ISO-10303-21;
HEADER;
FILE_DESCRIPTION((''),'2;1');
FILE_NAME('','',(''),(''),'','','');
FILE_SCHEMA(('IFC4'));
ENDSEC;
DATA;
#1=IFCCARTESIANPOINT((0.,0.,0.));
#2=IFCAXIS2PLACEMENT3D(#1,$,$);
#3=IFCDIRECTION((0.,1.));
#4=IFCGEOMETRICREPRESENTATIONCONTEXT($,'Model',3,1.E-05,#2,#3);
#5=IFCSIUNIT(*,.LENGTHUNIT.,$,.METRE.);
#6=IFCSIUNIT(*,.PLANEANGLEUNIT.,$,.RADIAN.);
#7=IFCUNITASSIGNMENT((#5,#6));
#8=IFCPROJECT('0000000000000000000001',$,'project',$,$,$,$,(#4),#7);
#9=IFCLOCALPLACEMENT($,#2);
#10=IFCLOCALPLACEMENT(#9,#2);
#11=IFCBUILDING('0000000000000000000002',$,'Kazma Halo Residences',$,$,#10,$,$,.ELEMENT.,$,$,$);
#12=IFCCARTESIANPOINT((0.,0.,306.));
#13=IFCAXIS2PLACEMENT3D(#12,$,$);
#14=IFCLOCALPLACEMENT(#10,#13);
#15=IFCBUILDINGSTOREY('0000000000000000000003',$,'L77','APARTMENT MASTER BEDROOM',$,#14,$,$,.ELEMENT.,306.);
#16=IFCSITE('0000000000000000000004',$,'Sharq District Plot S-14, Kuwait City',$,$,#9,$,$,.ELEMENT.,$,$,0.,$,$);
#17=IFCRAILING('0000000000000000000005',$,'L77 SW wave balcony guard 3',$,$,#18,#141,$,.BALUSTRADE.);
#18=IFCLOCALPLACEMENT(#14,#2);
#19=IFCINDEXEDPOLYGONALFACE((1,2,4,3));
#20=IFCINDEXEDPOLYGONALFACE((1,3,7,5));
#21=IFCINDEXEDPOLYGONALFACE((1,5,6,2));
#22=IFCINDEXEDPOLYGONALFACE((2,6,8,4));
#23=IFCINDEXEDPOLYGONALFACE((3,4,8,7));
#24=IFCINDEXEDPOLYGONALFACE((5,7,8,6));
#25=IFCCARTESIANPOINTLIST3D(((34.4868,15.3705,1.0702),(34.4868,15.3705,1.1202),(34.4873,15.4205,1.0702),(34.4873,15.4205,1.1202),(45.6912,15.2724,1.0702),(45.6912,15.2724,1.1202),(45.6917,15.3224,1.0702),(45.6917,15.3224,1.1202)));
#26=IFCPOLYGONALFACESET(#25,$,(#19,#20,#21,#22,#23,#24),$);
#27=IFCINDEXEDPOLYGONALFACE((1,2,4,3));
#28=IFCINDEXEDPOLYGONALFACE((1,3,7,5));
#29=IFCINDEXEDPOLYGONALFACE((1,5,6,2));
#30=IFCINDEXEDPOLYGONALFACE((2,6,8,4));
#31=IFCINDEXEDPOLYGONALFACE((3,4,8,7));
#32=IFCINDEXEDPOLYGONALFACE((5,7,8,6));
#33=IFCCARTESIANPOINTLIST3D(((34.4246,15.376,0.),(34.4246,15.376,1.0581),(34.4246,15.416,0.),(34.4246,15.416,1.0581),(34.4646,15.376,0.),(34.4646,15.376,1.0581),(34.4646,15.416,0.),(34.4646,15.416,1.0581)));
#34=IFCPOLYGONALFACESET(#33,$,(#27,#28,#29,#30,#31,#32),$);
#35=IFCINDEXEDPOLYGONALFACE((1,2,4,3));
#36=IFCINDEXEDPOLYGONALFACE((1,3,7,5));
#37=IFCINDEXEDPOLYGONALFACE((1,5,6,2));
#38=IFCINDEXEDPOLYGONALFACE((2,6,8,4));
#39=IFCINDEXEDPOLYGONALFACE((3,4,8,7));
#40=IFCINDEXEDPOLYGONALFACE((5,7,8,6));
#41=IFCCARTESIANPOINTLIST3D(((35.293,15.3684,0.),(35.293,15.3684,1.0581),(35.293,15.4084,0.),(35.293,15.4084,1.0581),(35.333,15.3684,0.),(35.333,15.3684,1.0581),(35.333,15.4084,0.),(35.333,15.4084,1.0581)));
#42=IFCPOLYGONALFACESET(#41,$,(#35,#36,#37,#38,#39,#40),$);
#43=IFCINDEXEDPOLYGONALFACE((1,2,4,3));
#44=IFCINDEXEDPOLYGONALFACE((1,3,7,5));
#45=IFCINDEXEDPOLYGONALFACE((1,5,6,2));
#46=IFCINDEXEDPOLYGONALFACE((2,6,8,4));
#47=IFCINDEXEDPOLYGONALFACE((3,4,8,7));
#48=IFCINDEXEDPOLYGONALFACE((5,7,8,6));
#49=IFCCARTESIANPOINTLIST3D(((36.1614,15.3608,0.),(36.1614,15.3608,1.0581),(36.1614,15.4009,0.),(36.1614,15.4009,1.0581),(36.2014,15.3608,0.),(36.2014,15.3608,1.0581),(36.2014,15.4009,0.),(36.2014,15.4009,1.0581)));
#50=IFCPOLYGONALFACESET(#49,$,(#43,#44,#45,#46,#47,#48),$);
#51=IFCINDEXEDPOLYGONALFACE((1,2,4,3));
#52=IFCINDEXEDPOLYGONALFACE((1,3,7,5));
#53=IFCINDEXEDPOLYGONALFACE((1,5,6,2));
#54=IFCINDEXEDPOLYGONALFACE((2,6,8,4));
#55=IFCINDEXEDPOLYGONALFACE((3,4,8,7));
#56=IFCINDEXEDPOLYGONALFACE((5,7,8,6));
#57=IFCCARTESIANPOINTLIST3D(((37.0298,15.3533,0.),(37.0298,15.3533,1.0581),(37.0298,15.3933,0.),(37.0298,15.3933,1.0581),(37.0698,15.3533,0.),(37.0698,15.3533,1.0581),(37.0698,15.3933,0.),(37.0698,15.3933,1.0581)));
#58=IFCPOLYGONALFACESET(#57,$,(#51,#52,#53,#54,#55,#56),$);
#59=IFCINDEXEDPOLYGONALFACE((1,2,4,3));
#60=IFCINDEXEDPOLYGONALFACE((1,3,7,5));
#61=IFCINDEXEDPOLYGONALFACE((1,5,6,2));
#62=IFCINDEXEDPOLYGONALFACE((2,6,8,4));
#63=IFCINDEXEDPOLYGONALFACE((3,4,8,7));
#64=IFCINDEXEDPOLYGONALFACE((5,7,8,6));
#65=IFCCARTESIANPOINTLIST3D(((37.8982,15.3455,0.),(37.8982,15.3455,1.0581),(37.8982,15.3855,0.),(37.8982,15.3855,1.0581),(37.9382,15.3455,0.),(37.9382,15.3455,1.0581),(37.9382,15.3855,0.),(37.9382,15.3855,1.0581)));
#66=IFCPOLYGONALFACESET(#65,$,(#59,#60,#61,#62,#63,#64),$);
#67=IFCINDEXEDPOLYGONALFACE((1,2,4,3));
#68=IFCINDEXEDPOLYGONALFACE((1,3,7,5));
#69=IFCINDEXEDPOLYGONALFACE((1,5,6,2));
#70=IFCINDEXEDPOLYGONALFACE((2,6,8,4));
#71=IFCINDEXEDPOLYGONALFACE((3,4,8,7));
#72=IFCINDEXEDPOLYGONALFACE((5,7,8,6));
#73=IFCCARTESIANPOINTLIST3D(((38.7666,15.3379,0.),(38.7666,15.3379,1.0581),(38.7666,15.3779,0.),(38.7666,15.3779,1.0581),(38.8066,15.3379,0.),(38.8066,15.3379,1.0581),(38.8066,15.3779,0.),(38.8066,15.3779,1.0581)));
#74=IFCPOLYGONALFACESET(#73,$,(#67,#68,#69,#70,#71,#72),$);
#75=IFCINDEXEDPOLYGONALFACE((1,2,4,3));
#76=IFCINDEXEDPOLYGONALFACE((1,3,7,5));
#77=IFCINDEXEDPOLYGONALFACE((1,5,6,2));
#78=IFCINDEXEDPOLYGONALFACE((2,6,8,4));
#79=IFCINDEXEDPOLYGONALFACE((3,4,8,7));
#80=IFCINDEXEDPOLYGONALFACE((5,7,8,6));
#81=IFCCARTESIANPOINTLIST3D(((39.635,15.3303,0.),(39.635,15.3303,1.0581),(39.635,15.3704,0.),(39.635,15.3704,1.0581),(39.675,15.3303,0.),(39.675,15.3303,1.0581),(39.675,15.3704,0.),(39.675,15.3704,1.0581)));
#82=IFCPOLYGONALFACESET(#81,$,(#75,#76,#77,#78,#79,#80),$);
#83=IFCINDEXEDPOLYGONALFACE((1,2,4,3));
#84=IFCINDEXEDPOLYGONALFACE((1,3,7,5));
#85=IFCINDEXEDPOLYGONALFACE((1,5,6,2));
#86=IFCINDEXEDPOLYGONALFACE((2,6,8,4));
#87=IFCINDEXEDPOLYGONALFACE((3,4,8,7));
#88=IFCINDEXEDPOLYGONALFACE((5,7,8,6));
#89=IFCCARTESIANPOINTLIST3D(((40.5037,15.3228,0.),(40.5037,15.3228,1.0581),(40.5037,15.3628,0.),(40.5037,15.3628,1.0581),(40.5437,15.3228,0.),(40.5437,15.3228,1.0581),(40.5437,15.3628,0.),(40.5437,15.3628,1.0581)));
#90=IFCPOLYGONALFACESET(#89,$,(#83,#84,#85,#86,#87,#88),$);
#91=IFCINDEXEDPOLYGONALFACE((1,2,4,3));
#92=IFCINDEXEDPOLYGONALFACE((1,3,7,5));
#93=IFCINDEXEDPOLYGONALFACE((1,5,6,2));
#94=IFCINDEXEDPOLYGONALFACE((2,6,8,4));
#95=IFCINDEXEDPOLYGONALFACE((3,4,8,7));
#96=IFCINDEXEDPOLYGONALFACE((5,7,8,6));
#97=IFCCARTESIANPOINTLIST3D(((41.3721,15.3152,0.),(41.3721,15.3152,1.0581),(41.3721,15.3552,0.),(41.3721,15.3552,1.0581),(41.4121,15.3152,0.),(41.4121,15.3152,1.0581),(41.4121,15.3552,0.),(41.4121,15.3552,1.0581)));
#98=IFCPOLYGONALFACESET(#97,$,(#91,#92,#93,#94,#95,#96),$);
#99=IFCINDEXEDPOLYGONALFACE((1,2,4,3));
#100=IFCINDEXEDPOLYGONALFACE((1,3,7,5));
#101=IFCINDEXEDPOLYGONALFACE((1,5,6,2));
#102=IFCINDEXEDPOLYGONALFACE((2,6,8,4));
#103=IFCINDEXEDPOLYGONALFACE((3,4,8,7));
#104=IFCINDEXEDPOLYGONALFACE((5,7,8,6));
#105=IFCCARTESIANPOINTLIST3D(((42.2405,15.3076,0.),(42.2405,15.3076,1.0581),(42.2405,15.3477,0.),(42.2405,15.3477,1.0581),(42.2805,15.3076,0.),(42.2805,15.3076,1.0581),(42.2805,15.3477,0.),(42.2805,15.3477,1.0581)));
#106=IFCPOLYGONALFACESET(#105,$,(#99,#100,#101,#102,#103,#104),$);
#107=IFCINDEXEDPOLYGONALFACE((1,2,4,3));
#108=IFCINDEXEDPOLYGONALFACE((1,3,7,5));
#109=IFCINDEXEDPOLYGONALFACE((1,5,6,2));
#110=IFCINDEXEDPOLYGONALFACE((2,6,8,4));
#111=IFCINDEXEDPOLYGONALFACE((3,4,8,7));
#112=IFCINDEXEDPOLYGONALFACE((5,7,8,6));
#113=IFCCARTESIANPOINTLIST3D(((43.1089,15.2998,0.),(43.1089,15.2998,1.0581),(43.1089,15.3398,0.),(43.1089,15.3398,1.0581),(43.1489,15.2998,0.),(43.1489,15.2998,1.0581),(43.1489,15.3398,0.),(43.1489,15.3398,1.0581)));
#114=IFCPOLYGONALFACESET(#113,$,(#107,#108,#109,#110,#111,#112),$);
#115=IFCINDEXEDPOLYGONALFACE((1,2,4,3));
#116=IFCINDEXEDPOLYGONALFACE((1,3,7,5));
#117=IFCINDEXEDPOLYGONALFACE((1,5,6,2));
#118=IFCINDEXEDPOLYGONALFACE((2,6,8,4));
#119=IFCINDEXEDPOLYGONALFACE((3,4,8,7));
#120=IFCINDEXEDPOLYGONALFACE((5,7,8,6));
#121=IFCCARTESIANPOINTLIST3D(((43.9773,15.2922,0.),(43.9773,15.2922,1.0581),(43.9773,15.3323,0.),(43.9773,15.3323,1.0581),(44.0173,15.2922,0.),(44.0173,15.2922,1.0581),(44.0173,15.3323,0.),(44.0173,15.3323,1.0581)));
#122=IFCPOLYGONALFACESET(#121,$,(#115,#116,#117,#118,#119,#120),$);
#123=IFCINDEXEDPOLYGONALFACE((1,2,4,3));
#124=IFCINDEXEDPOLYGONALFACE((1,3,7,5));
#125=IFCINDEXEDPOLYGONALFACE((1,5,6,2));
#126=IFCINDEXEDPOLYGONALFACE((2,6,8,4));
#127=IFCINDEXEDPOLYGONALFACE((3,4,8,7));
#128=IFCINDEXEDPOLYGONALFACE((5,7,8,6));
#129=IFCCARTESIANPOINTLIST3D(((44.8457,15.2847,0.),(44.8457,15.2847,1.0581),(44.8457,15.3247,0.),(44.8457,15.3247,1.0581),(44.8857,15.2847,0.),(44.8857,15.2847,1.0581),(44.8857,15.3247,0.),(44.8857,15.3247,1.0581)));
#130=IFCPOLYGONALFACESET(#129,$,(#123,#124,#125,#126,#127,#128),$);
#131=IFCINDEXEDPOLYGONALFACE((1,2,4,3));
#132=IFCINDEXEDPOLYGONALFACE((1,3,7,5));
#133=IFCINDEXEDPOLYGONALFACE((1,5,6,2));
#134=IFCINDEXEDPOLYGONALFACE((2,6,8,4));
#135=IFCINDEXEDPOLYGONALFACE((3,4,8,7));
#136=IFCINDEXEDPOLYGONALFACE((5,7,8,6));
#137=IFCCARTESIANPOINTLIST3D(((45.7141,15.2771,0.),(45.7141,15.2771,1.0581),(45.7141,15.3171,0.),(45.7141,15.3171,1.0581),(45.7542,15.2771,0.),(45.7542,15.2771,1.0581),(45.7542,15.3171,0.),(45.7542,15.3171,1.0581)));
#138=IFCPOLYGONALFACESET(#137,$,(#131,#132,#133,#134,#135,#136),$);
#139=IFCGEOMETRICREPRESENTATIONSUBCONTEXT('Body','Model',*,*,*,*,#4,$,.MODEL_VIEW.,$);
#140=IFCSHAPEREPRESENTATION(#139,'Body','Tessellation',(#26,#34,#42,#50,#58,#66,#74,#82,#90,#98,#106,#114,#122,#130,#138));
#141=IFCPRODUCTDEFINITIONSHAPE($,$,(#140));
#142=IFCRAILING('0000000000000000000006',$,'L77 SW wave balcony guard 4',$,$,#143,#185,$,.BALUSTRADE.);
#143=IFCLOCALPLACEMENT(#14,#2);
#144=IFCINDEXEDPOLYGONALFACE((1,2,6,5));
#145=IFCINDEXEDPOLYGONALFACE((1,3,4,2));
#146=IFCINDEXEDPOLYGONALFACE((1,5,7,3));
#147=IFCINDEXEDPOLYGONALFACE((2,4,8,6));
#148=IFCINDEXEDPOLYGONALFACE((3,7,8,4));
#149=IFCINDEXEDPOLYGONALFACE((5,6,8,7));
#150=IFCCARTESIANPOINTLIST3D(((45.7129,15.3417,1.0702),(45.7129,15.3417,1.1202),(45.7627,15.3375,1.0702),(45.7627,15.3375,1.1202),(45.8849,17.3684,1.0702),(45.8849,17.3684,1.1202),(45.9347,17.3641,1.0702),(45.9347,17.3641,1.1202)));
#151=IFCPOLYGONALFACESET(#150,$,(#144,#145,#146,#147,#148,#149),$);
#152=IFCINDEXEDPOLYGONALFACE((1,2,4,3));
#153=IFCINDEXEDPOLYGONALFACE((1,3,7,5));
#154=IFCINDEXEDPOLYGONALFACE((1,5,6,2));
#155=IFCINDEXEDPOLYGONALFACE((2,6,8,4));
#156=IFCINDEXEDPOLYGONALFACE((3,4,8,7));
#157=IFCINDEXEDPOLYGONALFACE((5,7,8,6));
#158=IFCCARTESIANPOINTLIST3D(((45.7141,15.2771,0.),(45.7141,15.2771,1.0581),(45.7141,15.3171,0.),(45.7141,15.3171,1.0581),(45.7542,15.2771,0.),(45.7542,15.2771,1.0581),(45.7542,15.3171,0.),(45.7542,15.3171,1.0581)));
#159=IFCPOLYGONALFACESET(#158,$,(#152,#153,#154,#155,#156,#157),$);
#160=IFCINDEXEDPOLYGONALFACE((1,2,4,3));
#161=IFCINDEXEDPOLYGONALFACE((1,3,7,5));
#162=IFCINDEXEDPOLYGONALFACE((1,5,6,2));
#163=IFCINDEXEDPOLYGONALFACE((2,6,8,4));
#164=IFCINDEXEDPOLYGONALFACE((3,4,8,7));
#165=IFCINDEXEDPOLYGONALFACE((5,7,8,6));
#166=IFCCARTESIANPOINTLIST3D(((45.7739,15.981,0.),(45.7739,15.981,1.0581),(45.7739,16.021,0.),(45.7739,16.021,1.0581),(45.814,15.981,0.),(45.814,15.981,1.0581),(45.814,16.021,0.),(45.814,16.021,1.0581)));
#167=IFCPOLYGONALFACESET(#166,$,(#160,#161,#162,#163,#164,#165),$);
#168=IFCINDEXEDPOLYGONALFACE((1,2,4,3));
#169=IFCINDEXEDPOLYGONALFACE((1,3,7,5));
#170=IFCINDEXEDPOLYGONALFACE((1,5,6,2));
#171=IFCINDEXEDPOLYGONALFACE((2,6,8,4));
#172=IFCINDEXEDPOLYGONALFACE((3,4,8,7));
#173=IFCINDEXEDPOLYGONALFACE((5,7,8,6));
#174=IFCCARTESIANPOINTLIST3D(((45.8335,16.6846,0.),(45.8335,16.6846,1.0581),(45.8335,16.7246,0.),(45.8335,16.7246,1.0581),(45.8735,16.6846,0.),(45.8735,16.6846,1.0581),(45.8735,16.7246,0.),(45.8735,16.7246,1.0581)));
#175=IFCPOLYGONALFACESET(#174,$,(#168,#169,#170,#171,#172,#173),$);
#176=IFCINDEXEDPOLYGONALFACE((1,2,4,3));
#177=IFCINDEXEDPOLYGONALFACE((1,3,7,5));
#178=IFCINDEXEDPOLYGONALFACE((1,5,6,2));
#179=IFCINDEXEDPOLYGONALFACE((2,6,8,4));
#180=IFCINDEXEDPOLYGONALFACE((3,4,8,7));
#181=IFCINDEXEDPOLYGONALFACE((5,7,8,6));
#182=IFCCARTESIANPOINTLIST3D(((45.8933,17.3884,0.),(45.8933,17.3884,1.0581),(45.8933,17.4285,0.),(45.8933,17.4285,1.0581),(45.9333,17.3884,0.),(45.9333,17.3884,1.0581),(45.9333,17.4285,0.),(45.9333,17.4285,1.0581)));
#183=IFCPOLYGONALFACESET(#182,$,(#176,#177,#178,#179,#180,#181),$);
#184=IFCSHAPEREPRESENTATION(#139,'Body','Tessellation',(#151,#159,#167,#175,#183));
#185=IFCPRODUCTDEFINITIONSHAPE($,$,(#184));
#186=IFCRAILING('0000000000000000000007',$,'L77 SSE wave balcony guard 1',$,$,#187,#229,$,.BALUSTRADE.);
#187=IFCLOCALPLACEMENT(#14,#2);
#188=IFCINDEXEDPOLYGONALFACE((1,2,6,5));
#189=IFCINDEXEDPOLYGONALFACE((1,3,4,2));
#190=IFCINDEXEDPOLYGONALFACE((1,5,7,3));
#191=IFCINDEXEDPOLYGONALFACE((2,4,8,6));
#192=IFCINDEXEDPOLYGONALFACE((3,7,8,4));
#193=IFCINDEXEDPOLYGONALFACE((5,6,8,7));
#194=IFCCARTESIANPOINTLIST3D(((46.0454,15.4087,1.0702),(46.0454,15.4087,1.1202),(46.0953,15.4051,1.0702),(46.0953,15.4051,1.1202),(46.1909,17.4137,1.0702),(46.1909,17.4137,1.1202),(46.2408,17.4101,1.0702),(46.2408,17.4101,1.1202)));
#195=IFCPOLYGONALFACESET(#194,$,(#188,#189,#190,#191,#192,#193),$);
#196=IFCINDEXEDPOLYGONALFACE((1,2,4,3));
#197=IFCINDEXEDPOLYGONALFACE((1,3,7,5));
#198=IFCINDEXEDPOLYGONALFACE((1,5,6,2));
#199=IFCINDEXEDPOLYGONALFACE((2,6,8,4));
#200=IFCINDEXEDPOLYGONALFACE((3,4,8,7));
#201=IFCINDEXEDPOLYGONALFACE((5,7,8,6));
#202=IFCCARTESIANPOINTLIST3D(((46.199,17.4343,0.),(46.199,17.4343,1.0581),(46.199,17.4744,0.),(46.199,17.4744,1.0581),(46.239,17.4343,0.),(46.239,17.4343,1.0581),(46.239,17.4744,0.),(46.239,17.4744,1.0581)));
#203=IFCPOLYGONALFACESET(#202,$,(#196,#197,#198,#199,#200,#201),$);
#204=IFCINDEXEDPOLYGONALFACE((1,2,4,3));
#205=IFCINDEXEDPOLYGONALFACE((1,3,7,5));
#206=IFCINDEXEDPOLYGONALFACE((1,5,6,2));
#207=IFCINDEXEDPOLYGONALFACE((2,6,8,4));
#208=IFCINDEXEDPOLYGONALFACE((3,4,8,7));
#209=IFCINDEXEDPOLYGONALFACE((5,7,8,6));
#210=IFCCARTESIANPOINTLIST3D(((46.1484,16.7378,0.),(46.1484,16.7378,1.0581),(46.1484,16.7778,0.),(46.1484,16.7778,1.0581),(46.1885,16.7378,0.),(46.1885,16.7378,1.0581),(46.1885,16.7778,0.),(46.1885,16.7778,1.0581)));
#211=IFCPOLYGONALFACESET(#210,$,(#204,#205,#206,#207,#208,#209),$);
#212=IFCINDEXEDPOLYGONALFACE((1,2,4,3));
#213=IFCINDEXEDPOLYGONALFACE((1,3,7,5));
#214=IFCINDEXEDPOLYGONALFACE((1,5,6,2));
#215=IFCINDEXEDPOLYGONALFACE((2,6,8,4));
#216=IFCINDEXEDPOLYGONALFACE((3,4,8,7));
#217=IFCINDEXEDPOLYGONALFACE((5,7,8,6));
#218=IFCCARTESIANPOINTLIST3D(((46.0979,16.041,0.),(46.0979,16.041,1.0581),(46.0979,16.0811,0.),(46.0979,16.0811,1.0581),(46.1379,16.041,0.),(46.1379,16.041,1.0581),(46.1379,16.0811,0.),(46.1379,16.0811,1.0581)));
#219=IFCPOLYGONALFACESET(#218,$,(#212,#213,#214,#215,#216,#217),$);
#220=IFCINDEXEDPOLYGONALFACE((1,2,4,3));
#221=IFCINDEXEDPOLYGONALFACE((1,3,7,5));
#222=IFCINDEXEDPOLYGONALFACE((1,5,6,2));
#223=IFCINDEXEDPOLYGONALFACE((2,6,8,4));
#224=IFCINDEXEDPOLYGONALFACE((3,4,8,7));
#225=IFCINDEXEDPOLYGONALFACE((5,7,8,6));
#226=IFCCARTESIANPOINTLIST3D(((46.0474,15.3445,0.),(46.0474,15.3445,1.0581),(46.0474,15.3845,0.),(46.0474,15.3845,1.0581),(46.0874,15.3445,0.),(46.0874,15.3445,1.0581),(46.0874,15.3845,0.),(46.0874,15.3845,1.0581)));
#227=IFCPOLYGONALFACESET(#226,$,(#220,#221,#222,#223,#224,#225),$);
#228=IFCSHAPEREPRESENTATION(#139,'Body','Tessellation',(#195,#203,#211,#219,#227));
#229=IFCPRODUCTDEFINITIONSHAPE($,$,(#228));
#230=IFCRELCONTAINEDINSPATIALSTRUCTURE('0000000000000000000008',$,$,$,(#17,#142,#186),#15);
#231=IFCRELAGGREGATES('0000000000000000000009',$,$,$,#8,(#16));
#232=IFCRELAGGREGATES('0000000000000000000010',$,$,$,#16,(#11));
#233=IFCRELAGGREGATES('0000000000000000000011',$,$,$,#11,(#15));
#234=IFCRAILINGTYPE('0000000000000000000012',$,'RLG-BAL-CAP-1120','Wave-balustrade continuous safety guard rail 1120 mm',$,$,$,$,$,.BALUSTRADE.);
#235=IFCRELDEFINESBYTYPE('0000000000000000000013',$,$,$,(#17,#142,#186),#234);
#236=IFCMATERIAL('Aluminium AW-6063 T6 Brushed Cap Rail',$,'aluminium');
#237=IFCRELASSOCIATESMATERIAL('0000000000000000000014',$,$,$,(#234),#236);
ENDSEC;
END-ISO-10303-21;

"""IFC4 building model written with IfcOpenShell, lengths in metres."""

from ifc_helpers import new_model, si_unit, direction, frame, origin, origin_2d, place, context, subcontext, project, spatial, rectangle, extrude, material, type_object, element, save


model = new_model("IFC4")

# Units and contexts
model_context = context("Model", 3, precision=1e-05, world=origin(), true_north=direction((0.0, 1.0)))
body_context = subcontext(model_context, "Body", "Model", "MODEL_VIEW")
ifc_project = project(units=[si_unit("LENGTHUNIT", "METRE"), si_unit("PLANEANGLEUNIT", "RADIAN")], contexts=[model_context])

# Site, building, storey
site_placement = place(None, origin())
site = spatial("IfcSite", under=ifc_project, at=site_placement, Name="Sharq District Plot S-14, Kuwait City", CompositionType="ELEMENT", RefElevation=0.0)
building_placement = place(site_placement, origin())
building = spatial("IfcBuilding", under=site, at=building_placement, Name="Kazma Halo Residences", CompositionType="ELEMENT")
storey_placement = place(building_placement, frame((0.0, 0.0, 306.0)))
storey = spatial("IfcBuildingStorey", under=building, at=storey_placement, Name="L77", Description="APARTMENT MASTER BEDROOM", CompositionType="ELEMENT", Elevation=306.0)

# Railings
ifc_material_1 = material(Name="Aluminium AW-6063 T6 Brushed Cap Rail", Category="aluminium")
railing_type = type_object("IfcRailingType", Name="RLG-BAL-CAP-1120", Description="Wave-balustrade continuous safety guard rail 1120 mm", PredefinedType="BALUSTRADE", material=ifc_material_1)
railing_1_placement = place(storey_placement, frame((34.4446, 15.396, 0.0)))
element("IfcRailing", 1, at=railing_1_placement, inside=storey, type_object=railing_type, Name="L77 SW wave balcony guard 3", PredefinedType="BALUSTRADE", context=body_context, shape_type="SweptSolid", body=[
    extrude(rectangle(XDim=0.05, YDim=0.05, at=origin_2d()), frame((0.0425, -0.0005, 1.0952), z_axis=(0.999962, -0.008758, 0.0), x_axis=(0.008758, 0.999962, 0.0)), (0.0, 0.0, 1.0), 11.2048),
    extrude(rectangle(XDim=0.04, YDim=0.04, at=origin_2d()), origin(), (0.0, 0.0, 1.0), 1.0581),
    extrude(rectangle(XDim=0.04, YDim=0.04, at=origin_2d()), frame((0.8684, -0.0076, 0.0)), (0.0, 0.0, 1.0), 1.0581),
    extrude(rectangle(XDim=0.04, YDim=0.04, at=origin_2d()), frame((1.7368, -0.0151, 0.0)), (0.0, 0.0, 1.0), 1.0581),
    extrude(rectangle(XDim=0.04, YDim=0.04, at=origin_2d()), frame((2.6052, -0.0227, 0.0)), (0.0, 0.0, 1.0), 1.0581),
    extrude(rectangle(XDim=0.04, YDim=0.04, at=origin_2d()), frame((3.4736, -0.0305, 0.0)), (0.0, 0.0, 1.0), 1.0581),
    extrude(rectangle(XDim=0.04, YDim=0.04, at=origin_2d()), frame((4.342, -0.0381, 0.0)), (0.0, 0.0, 1.0), 1.0581),
    extrude(rectangle(XDim=0.04, YDim=0.04, at=origin_2d()), frame((5.2104, -0.0457, 0.0)), (0.0, 0.0, 1.0), 1.0581),
    extrude(rectangle(XDim=0.04, YDim=0.04, at=origin_2d()), frame((6.0791, -0.0532, 0.0)), (0.0, 0.0, 1.0), 1.0581),
    extrude(rectangle(XDim=0.04, YDim=0.04, at=origin_2d()), frame((6.9475, -0.0608, 0.0)), (0.0, 0.0, 1.0), 1.0581),
    extrude(rectangle(XDim=0.04, YDim=0.04, at=origin_2d()), frame((7.8159, -0.0684, 0.0)), (0.0, 0.0, 1.0), 1.0581),
    extrude(rectangle(XDim=0.04, YDim=0.04, at=origin_2d()), frame((8.6843, -0.0762, 0.0)), (0.0, 0.0, 1.0), 1.0581),
    extrude(rectangle(XDim=0.04, YDim=0.04, at=origin_2d()), frame((9.5527, -0.0837, 0.0)), (0.0, 0.0, 1.0), 1.0581),
    extrude(rectangle(XDim=0.04, YDim=0.04, at=origin_2d()), frame((10.4211, -0.0913, 0.0)), (0.0, 0.0, 1.0), 1.0581),
    extrude(rectangle(XDim=0.04, YDim=0.04, at=origin_2d()), frame((11.2896, -0.0989, 0.0)), (0.0, 0.0, 1.0), 1.0581),
])
railing_2_placement = place(storey_placement, frame((45.7341, 15.2971, 0.0)))
element("IfcRailing", 2, at=railing_2_placement, inside=storey, type_object=railing_type, Name="L77 SW wave balcony guard 4", PredefinedType="BALUSTRADE", context=body_context, shape_type="SweptSolid", body=[
    extrude(rectangle(XDim=0.05, YDim=0.05, at=origin_2d()), frame((0.0037, 0.0425, 1.0952), z_axis=(0.084571, 0.996417, 0.0), x_axis=(-0.996417, 0.084571, 0.0)), (0.0, 0.0, 1.0), 2.0339),
    extrude(rectangle(XDim=0.04, YDim=0.04, at=origin_2d()), origin(), (0.0, 0.0, 1.0), 1.0581),
    extrude(rectangle(XDim=0.04, YDim=0.04, at=origin_2d()), frame((0.0598, 0.7039, 0.0)), (0.0, 0.0, 1.0), 1.0581),
    extrude(rectangle(XDim=0.04, YDim=0.04, at=origin_2d()), frame((0.1194, 1.4075, 0.0)), (0.0, 0.0, 1.0), 1.0581),
    extrude(rectangle(XDim=0.04, YDim=0.04, at=origin_2d()), frame((0.1792, 2.1113, 0.0)), (0.0, 0.0, 1.0), 1.0581),
])
railing_3_placement = place(storey_placement, frame((46.219, 17.4543, 0.0)))
element("IfcRailing", 3, at=railing_3_placement, inside=storey, type_object=railing_type, Name="L77 SSE wave balcony guard 1", PredefinedType="BALUSTRADE", context=body_context, shape_type="SweptSolid", body=[
    extrude(rectangle(XDim=0.05, YDim=0.05, at=origin_2d()), frame((-0.0032, -0.0425, 1.0952), z_axis=(-0.072357, -0.997379, 0.0), x_axis=(0.997379, -0.072357, 0.0)), (0.0, 0.0, 1.0), 2.0103),
    extrude(rectangle(XDim=0.04, YDim=0.04, at=origin_2d()), origin(), (0.0, 0.0, 1.0), 1.0581),
    extrude(rectangle(XDim=0.04, YDim=0.04, at=origin_2d()), frame((-0.0505, -0.6965, 0.0)), (0.0, 0.0, 1.0), 1.0581),
    extrude(rectangle(XDim=0.04, YDim=0.04, at=origin_2d()), frame((-0.1011, -1.3933, 0.0)), (0.0, 0.0, 1.0), 1.0581),
    extrude(rectangle(XDim=0.04, YDim=0.04, at=origin_2d()), frame((-0.1516, -2.0898, 0.0)), (0.0, 0.0, 1.0), 1.0581),
])

save(model, "model.ifc")
